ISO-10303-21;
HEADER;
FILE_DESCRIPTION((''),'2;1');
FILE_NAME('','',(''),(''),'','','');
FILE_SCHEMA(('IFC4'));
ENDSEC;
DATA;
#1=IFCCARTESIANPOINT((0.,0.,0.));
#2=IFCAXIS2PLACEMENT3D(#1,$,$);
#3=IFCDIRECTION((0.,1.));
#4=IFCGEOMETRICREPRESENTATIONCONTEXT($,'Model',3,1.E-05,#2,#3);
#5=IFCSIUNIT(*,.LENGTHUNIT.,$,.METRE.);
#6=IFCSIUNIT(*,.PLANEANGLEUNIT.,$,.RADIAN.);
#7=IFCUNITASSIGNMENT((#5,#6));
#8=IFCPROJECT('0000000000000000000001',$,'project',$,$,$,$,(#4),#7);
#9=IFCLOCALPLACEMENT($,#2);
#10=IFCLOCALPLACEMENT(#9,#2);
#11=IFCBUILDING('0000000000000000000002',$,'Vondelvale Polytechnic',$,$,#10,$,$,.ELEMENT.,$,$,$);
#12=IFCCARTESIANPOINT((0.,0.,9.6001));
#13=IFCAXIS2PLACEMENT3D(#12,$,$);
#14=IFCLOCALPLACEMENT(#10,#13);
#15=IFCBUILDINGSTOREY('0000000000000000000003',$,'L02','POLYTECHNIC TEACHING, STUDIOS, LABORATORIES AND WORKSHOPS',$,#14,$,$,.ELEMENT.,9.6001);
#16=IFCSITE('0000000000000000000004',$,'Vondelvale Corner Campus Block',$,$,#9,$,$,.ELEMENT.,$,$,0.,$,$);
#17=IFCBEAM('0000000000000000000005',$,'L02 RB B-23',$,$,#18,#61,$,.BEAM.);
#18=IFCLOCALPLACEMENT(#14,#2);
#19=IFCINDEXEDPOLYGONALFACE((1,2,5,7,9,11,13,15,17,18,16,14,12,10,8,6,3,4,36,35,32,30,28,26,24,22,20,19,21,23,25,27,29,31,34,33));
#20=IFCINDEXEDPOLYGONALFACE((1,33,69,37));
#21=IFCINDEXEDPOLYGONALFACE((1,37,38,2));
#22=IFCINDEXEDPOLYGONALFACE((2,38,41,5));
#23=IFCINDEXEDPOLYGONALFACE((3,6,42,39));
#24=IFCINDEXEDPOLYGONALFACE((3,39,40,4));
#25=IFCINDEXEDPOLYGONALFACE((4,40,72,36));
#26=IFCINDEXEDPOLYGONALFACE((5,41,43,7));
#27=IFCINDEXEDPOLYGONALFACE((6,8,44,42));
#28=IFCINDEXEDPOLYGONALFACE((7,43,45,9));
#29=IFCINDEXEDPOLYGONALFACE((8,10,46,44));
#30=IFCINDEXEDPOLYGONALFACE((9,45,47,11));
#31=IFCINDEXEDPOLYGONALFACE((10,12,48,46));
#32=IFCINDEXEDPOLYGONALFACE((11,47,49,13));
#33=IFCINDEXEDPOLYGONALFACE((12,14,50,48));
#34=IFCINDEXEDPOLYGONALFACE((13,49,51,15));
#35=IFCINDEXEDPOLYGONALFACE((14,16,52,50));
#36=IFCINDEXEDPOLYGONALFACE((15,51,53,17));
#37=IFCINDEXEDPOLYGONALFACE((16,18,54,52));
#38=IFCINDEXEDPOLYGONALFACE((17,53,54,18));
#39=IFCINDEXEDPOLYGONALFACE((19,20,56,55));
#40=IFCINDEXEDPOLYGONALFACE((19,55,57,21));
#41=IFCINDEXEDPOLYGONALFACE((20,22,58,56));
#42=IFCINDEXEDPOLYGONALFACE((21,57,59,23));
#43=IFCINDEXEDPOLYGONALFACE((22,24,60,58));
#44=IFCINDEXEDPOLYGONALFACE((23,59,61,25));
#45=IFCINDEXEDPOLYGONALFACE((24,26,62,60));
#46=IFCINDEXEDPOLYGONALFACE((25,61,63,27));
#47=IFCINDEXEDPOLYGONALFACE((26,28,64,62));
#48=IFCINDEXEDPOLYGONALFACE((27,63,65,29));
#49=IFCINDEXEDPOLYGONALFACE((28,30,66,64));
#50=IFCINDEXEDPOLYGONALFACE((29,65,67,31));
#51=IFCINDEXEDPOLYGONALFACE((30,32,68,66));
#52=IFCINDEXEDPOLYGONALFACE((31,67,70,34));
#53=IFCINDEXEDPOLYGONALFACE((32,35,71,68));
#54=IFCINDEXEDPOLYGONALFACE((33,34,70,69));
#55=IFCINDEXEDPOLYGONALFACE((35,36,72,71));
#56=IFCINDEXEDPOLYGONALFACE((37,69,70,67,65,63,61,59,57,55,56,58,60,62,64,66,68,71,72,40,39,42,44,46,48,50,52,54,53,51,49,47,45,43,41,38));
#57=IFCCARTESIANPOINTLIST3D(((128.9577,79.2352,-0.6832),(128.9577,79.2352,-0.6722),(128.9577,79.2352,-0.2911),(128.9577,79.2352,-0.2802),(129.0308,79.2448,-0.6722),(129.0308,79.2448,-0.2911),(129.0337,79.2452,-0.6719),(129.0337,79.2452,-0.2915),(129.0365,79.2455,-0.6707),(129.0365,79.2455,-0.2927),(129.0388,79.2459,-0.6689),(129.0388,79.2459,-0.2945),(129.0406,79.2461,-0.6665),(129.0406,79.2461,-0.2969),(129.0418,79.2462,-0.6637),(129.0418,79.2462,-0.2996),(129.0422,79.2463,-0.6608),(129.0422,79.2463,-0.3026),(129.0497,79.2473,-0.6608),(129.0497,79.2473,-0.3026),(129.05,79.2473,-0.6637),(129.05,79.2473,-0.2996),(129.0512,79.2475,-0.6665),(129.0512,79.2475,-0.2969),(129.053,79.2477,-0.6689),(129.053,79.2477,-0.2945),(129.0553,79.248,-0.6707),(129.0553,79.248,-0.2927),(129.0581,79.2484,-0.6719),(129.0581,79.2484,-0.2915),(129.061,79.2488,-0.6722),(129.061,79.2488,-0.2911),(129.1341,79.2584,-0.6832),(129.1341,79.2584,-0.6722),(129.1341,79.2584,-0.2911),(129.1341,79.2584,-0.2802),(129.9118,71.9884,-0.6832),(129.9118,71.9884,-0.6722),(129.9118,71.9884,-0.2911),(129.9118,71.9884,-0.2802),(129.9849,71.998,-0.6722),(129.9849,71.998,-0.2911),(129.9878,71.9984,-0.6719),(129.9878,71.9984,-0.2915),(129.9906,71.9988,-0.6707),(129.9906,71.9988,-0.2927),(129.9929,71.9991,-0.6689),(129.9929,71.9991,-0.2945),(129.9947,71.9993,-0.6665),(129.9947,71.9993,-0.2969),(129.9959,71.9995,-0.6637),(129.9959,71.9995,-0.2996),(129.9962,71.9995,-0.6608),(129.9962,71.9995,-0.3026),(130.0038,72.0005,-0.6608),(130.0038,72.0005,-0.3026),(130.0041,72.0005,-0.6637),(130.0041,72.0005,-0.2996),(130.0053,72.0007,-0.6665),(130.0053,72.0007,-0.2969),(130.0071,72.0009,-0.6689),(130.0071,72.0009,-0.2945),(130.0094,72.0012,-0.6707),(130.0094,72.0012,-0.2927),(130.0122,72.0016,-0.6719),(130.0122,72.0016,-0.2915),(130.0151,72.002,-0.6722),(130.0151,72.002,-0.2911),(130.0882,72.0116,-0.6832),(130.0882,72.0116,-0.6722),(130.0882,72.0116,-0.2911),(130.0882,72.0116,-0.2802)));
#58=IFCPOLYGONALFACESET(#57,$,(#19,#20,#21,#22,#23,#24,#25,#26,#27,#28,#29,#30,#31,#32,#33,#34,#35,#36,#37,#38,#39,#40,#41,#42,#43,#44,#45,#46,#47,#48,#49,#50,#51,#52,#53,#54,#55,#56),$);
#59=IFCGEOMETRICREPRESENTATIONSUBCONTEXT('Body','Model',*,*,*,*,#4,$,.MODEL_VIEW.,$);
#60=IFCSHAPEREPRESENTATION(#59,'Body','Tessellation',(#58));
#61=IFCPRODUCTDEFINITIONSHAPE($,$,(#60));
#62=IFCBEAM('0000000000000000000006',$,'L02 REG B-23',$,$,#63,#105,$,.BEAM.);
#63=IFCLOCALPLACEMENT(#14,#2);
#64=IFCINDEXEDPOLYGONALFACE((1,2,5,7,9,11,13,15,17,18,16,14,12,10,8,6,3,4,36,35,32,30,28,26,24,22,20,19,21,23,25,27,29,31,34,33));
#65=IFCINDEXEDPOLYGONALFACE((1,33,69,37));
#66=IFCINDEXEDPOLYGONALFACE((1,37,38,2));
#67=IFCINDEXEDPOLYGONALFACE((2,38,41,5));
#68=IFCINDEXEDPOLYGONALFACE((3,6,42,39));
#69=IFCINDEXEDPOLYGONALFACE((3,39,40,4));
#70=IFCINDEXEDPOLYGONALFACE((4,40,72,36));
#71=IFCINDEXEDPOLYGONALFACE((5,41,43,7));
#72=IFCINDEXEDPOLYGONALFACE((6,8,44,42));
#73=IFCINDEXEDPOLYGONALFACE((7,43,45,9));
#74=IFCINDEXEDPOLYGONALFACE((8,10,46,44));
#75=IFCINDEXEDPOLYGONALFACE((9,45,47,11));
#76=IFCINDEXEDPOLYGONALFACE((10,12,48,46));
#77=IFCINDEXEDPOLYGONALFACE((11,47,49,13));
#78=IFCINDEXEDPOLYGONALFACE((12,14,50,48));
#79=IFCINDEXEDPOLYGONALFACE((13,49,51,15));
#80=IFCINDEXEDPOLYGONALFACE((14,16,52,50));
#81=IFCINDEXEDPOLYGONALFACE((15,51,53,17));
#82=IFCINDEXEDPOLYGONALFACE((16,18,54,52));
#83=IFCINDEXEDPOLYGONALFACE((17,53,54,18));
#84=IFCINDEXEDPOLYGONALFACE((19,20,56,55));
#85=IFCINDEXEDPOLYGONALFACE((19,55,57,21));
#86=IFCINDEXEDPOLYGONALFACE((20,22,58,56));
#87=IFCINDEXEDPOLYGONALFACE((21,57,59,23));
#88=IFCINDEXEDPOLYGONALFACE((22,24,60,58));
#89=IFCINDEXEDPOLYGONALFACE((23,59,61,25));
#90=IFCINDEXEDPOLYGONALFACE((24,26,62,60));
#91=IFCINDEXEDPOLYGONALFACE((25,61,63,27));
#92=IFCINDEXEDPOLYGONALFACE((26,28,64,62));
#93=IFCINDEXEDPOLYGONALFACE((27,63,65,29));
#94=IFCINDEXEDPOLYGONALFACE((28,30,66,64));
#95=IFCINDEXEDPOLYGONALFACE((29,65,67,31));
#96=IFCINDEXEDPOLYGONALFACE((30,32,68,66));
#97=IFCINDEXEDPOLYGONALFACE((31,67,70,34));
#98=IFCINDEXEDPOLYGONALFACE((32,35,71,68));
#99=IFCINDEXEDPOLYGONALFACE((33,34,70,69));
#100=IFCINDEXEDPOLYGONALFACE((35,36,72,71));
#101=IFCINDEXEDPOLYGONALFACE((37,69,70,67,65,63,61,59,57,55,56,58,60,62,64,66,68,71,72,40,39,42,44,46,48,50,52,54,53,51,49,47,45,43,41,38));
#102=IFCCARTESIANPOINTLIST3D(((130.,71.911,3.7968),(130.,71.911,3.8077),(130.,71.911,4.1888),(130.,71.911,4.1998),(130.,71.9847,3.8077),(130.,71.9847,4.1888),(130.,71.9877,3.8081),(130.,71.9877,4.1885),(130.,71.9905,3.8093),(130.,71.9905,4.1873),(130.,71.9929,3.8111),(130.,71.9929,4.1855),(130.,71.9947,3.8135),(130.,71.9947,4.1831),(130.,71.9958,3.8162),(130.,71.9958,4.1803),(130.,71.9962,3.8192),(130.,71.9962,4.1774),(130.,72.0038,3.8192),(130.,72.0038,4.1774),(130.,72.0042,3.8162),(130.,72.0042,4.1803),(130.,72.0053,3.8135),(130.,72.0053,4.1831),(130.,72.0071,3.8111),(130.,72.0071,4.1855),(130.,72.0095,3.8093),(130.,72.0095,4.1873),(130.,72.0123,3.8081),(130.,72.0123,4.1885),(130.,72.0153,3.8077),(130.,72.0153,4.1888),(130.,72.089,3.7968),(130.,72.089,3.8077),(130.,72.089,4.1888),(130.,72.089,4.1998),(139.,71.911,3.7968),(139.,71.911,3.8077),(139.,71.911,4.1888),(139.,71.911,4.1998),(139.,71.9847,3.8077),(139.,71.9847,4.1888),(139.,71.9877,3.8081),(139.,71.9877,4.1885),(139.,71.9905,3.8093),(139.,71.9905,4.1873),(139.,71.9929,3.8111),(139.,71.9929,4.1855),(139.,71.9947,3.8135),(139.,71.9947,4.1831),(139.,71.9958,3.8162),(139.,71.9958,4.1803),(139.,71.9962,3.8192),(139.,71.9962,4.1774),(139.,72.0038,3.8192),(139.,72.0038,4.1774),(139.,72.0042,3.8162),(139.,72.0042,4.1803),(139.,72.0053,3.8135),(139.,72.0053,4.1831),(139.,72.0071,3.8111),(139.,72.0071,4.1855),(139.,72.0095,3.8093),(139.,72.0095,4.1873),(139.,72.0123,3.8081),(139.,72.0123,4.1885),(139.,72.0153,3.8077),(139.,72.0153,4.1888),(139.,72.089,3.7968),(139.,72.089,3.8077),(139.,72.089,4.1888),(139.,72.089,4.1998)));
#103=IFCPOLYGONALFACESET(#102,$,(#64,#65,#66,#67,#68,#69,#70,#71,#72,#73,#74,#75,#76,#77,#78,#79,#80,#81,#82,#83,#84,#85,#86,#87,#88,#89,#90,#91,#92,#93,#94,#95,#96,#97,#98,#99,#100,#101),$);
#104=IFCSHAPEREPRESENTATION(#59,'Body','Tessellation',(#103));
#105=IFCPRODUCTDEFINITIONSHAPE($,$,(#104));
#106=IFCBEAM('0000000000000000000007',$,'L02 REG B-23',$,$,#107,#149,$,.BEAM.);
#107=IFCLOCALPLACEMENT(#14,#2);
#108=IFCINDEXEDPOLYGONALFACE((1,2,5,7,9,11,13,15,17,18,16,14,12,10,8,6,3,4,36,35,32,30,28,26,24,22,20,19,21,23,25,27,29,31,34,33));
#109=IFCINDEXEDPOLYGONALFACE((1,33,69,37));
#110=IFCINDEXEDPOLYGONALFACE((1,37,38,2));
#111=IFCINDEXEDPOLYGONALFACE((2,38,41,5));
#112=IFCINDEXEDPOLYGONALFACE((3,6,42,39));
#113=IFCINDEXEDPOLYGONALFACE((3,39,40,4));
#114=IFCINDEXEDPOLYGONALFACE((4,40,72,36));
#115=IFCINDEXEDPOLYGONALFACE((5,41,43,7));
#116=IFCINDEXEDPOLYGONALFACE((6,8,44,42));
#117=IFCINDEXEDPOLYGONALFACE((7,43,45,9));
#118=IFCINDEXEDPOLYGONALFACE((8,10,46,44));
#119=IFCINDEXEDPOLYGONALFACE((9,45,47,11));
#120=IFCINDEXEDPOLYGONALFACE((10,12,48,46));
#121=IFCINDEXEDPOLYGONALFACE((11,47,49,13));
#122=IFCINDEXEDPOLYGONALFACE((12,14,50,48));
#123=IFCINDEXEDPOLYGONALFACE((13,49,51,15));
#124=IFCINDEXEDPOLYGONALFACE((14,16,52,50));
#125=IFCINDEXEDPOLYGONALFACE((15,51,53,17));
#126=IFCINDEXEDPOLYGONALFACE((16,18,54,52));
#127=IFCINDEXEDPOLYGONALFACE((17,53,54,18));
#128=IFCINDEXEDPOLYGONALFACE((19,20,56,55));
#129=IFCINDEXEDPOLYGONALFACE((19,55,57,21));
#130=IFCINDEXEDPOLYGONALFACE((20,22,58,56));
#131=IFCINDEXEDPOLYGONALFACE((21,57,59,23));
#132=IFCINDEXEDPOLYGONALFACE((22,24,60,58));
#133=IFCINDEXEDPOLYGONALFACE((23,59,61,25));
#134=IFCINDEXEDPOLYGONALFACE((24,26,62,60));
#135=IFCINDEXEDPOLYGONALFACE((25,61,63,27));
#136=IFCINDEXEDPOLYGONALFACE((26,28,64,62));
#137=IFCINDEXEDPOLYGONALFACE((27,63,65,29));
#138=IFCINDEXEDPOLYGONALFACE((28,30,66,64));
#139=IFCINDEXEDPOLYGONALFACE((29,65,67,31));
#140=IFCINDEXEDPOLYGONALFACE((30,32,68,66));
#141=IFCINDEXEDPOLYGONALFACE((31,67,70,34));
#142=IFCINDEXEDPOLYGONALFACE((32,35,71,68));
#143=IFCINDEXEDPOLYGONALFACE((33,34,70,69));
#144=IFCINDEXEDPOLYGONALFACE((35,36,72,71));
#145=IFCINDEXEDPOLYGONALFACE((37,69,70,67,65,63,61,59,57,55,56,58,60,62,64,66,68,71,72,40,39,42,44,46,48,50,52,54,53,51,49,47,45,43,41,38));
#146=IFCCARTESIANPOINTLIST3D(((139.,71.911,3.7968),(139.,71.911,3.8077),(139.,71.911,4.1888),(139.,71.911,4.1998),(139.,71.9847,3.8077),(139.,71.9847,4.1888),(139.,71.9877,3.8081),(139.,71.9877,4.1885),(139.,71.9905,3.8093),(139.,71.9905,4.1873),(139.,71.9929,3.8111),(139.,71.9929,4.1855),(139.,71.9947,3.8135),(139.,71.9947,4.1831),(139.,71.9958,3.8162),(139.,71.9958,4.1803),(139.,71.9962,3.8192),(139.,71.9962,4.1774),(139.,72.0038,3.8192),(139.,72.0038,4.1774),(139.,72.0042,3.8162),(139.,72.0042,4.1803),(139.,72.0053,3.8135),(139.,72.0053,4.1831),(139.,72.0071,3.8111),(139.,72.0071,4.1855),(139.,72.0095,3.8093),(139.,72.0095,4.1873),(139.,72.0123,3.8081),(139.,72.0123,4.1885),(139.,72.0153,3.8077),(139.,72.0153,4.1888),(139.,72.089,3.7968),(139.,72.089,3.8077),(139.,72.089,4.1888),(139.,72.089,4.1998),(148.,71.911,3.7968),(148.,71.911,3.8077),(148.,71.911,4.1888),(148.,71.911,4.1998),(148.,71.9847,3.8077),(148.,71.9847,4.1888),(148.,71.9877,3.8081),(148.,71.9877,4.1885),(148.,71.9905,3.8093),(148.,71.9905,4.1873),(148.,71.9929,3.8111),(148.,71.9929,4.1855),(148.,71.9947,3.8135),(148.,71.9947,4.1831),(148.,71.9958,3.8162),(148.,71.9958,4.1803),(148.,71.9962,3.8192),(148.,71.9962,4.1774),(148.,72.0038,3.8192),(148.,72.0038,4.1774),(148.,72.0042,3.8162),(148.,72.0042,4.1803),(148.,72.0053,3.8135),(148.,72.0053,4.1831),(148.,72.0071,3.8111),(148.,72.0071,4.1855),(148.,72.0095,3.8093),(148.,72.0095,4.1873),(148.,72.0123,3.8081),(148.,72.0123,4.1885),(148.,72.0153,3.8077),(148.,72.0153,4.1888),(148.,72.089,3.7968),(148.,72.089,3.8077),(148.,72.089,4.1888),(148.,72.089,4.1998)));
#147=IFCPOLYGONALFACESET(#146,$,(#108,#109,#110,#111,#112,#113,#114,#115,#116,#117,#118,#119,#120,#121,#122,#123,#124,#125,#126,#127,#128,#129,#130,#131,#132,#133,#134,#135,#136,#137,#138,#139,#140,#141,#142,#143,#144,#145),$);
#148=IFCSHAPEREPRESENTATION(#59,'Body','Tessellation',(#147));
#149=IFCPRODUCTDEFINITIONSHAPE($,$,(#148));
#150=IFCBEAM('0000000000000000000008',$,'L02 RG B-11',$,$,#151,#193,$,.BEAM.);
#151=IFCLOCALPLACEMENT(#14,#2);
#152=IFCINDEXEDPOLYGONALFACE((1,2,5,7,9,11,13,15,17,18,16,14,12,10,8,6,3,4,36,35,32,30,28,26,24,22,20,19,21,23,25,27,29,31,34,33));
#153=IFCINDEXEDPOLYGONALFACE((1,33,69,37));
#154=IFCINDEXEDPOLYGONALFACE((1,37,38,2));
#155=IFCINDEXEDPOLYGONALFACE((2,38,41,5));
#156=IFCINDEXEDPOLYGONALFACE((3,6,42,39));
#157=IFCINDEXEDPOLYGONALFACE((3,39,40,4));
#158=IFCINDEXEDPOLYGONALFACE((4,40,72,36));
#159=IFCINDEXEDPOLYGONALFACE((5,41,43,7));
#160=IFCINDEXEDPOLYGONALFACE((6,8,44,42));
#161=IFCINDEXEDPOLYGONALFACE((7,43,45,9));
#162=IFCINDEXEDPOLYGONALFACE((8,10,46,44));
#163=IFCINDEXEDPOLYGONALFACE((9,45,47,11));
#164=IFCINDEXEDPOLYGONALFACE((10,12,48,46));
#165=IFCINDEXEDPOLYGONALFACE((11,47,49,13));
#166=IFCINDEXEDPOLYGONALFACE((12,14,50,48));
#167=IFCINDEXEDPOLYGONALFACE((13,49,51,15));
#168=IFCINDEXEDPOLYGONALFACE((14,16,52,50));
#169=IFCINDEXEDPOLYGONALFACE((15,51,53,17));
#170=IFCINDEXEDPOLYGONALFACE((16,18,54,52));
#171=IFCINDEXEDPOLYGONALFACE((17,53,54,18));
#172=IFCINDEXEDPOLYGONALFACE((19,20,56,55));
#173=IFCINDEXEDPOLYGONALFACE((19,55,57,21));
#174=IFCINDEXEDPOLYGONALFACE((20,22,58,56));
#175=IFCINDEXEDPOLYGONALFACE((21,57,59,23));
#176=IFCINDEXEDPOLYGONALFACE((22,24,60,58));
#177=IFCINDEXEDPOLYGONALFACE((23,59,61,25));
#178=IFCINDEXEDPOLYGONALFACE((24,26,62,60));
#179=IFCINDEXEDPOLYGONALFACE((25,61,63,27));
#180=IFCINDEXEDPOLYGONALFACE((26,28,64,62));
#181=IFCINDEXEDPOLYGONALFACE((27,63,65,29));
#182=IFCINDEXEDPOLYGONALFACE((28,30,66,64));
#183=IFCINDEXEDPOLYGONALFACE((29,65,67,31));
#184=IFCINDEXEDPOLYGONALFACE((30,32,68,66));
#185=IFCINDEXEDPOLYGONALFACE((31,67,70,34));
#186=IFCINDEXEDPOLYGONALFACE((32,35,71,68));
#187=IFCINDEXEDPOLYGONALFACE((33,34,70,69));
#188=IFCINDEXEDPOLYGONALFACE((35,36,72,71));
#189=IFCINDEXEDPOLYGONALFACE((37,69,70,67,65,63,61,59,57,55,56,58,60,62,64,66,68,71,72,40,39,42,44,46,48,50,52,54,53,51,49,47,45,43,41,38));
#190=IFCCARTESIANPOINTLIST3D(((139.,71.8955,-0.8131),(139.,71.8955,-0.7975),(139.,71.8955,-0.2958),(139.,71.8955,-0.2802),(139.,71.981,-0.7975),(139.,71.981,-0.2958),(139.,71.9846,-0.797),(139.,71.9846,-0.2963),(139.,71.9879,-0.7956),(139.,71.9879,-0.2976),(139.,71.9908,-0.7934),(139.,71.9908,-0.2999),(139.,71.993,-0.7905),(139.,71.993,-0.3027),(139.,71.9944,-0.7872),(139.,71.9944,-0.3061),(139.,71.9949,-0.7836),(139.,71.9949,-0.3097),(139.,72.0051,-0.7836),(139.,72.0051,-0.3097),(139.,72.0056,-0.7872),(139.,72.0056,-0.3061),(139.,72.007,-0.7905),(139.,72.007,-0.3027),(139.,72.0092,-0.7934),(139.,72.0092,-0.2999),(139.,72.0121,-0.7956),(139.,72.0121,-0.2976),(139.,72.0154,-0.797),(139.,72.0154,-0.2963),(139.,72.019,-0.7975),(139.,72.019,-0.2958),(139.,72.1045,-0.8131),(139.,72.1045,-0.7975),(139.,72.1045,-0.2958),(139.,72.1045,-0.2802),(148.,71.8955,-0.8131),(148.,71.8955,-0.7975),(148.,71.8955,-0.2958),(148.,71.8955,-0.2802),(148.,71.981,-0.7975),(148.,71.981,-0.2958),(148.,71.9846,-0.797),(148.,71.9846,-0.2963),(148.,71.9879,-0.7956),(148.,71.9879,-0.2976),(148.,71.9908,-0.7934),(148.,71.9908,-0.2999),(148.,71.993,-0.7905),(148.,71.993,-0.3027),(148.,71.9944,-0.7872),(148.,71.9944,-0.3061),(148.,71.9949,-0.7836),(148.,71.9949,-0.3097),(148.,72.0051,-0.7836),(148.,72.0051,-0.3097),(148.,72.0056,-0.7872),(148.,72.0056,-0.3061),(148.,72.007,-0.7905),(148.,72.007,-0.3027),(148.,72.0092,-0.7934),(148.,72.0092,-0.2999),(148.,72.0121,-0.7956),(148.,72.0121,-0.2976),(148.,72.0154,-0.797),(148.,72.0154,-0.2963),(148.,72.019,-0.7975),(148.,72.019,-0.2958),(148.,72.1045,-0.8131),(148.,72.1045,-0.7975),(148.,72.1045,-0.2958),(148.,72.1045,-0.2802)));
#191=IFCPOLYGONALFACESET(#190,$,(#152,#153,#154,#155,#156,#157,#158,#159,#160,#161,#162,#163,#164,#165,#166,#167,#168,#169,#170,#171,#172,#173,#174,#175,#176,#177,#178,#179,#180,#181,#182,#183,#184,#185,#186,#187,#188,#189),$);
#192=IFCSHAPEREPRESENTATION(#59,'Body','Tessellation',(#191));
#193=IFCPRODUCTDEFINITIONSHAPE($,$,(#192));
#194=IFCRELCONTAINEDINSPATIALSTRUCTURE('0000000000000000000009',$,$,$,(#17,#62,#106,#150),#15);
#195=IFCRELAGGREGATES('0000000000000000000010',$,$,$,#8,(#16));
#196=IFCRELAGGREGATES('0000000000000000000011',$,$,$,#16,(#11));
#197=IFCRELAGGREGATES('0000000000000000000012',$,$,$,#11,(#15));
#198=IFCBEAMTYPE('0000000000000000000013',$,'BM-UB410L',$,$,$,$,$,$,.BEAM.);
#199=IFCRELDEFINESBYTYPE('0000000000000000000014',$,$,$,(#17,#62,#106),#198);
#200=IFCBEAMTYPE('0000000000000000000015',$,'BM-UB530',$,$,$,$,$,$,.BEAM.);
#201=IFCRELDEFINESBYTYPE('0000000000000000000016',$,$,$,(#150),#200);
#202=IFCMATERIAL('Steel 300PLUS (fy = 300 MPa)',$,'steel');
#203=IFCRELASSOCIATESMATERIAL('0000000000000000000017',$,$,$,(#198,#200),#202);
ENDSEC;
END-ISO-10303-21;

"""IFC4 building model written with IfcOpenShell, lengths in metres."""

from ifc_helpers import new_model, si_unit, direction, frame, origin, origin_2d, place, context, subcontext, project, spatial, i_section, extrude, material, material_profile, profile_set, type_object, element, save


model = new_model("IFC4")

# Units and contexts
model_context = context("Model", 3, precision=1e-05, world=origin(), true_north=direction((0.0, 1.0)))
body_context = subcontext(model_context, "Body", "Model", "MODEL_VIEW")
ifc_project = project(units=[si_unit("LENGTHUNIT", "METRE"), si_unit("PLANEANGLEUNIT", "RADIAN")], contexts=[model_context])

# Site, building, storey
site_placement = place(None, origin())
site = spatial("IfcSite", under=ifc_project, at=site_placement, Name="Vondelvale Corner Campus Block", CompositionType="ELEMENT", RefElevation=0.0)
building_placement = place(site_placement, origin())
building = spatial("IfcBuilding", under=site, at=building_placement, Name="Vondelvale Polytechnic", CompositionType="ELEMENT")
storey_placement = place(building_placement, frame((0.0, 0.0, 9.6001)))
storey = spatial("IfcBuildingStorey", under=building, at=storey_placement, Name="L02", Description="POLYTECHNIC TEACHING, STUDIOS, LABORATORIES AND WORKSHOPS", CompositionType="ELEMENT", Elevation=9.6001)

# Shared definitions
ifc_material_1 = material(Name="Steel 300PLUS (fy = 300 MPa)", Category="steel")

# Beams
ifc_material_profile_1 = material_profile(ifc_material_1, i_section(OverallWidth=0.178, OverallDepth=0.4031, WebThickness=0.0076, FlangeThickness=0.011, FilletRadius=0.0115, at=origin_2d()), Name="410UB53.7")
ifc_profile_set_1 = profile_set([ifc_material_profile_1], Name="Steel 300PLUS (fy = 300 MPa)")
beam_type_1 = type_object("IfcBeamType", Name="BM-UB410L", PredefinedType="BEAM", material=ifc_profile_set_1)
beam_1_placement = place(storey_placement, frame((130.0, 72.0, -0.4817), z_axis=(-0.130531, 0.991444, 0.0), x_axis=(-0.991444, -0.130531, 0.0)))
element("IfcBeam", 1, at=beam_1_placement, inside=storey, type_object=beam_type_1, Name="L02 RB B-23", PredefinedType="BEAM", context=body_context, shape_type="SweptSolid", body=[
    extrude(i_section(OverallWidth=0.178, OverallDepth=0.4031, WebThickness=0.0076, FlangeThickness=0.011, FilletRadius=0.0115, at=origin_2d()), origin(), (0.0, 0.0, 1.0), 7.3093),
])
for number, where, z_axis, x_axis, name in (
    (2, (130.0, 72.0, 3.9983), (1.0, 0.0, 0.0), (0.0, 1.0, 0.0), "L02 REG B-23"),
    (3, (139.0, 72.0, 3.9983), (1.0, 0.0, 0.0), (0.0, 1.0, 0.0), "L02 REG B-23"),
):
    element("IfcBeam", number, at=place(storey_placement, frame(where, z_axis=z_axis, x_axis=x_axis)), inside=storey, type_object=beam_type_1, Name=name, PredefinedType="BEAM", context=body_context, shape_type="SweptSolid", body=[
        extrude(i_section(OverallWidth=0.178, OverallDepth=0.4031, WebThickness=0.0076, FlangeThickness=0.011, FilletRadius=0.0115, at=origin_2d()), origin(), (0.0, 0.0, 1.0), 9.0),
    ])
ifc_material_profile_2 = material_profile(ifc_material_1, i_section(OverallWidth=0.209, OverallDepth=0.533, WebThickness=0.0103, FlangeThickness=0.0156, FilletRadius=0.0139, at=origin_2d()), Name="530UB92.4")
ifc_profile_set_2 = profile_set([ifc_material_profile_2], Name="Steel 300PLUS (fy = 300 MPa)")
beam_type_2 = type_object("IfcBeamType", Name="BM-UB530", PredefinedType="BEAM", material=ifc_profile_set_2)
beam_2_placement = place(storey_placement, frame((139.0, 72.0, -0.5466), z_axis=(1.0, 0.0, 0.0), x_axis=(0.0, 1.0, 0.0)))
element("IfcBeam", 4, at=beam_2_placement, inside=storey, type_object=beam_type_2, Name="L02 RG B-11", PredefinedType="BEAM", context=body_context, shape_type="SweptSolid", body=[
    extrude(i_section(OverallWidth=0.209, OverallDepth=0.533, WebThickness=0.0103, FlangeThickness=0.0156, FilletRadius=0.0139, at=origin_2d()), origin(), (0.0, 0.0, 1.0), 9.0),
])

save(model, "model.ifc")
